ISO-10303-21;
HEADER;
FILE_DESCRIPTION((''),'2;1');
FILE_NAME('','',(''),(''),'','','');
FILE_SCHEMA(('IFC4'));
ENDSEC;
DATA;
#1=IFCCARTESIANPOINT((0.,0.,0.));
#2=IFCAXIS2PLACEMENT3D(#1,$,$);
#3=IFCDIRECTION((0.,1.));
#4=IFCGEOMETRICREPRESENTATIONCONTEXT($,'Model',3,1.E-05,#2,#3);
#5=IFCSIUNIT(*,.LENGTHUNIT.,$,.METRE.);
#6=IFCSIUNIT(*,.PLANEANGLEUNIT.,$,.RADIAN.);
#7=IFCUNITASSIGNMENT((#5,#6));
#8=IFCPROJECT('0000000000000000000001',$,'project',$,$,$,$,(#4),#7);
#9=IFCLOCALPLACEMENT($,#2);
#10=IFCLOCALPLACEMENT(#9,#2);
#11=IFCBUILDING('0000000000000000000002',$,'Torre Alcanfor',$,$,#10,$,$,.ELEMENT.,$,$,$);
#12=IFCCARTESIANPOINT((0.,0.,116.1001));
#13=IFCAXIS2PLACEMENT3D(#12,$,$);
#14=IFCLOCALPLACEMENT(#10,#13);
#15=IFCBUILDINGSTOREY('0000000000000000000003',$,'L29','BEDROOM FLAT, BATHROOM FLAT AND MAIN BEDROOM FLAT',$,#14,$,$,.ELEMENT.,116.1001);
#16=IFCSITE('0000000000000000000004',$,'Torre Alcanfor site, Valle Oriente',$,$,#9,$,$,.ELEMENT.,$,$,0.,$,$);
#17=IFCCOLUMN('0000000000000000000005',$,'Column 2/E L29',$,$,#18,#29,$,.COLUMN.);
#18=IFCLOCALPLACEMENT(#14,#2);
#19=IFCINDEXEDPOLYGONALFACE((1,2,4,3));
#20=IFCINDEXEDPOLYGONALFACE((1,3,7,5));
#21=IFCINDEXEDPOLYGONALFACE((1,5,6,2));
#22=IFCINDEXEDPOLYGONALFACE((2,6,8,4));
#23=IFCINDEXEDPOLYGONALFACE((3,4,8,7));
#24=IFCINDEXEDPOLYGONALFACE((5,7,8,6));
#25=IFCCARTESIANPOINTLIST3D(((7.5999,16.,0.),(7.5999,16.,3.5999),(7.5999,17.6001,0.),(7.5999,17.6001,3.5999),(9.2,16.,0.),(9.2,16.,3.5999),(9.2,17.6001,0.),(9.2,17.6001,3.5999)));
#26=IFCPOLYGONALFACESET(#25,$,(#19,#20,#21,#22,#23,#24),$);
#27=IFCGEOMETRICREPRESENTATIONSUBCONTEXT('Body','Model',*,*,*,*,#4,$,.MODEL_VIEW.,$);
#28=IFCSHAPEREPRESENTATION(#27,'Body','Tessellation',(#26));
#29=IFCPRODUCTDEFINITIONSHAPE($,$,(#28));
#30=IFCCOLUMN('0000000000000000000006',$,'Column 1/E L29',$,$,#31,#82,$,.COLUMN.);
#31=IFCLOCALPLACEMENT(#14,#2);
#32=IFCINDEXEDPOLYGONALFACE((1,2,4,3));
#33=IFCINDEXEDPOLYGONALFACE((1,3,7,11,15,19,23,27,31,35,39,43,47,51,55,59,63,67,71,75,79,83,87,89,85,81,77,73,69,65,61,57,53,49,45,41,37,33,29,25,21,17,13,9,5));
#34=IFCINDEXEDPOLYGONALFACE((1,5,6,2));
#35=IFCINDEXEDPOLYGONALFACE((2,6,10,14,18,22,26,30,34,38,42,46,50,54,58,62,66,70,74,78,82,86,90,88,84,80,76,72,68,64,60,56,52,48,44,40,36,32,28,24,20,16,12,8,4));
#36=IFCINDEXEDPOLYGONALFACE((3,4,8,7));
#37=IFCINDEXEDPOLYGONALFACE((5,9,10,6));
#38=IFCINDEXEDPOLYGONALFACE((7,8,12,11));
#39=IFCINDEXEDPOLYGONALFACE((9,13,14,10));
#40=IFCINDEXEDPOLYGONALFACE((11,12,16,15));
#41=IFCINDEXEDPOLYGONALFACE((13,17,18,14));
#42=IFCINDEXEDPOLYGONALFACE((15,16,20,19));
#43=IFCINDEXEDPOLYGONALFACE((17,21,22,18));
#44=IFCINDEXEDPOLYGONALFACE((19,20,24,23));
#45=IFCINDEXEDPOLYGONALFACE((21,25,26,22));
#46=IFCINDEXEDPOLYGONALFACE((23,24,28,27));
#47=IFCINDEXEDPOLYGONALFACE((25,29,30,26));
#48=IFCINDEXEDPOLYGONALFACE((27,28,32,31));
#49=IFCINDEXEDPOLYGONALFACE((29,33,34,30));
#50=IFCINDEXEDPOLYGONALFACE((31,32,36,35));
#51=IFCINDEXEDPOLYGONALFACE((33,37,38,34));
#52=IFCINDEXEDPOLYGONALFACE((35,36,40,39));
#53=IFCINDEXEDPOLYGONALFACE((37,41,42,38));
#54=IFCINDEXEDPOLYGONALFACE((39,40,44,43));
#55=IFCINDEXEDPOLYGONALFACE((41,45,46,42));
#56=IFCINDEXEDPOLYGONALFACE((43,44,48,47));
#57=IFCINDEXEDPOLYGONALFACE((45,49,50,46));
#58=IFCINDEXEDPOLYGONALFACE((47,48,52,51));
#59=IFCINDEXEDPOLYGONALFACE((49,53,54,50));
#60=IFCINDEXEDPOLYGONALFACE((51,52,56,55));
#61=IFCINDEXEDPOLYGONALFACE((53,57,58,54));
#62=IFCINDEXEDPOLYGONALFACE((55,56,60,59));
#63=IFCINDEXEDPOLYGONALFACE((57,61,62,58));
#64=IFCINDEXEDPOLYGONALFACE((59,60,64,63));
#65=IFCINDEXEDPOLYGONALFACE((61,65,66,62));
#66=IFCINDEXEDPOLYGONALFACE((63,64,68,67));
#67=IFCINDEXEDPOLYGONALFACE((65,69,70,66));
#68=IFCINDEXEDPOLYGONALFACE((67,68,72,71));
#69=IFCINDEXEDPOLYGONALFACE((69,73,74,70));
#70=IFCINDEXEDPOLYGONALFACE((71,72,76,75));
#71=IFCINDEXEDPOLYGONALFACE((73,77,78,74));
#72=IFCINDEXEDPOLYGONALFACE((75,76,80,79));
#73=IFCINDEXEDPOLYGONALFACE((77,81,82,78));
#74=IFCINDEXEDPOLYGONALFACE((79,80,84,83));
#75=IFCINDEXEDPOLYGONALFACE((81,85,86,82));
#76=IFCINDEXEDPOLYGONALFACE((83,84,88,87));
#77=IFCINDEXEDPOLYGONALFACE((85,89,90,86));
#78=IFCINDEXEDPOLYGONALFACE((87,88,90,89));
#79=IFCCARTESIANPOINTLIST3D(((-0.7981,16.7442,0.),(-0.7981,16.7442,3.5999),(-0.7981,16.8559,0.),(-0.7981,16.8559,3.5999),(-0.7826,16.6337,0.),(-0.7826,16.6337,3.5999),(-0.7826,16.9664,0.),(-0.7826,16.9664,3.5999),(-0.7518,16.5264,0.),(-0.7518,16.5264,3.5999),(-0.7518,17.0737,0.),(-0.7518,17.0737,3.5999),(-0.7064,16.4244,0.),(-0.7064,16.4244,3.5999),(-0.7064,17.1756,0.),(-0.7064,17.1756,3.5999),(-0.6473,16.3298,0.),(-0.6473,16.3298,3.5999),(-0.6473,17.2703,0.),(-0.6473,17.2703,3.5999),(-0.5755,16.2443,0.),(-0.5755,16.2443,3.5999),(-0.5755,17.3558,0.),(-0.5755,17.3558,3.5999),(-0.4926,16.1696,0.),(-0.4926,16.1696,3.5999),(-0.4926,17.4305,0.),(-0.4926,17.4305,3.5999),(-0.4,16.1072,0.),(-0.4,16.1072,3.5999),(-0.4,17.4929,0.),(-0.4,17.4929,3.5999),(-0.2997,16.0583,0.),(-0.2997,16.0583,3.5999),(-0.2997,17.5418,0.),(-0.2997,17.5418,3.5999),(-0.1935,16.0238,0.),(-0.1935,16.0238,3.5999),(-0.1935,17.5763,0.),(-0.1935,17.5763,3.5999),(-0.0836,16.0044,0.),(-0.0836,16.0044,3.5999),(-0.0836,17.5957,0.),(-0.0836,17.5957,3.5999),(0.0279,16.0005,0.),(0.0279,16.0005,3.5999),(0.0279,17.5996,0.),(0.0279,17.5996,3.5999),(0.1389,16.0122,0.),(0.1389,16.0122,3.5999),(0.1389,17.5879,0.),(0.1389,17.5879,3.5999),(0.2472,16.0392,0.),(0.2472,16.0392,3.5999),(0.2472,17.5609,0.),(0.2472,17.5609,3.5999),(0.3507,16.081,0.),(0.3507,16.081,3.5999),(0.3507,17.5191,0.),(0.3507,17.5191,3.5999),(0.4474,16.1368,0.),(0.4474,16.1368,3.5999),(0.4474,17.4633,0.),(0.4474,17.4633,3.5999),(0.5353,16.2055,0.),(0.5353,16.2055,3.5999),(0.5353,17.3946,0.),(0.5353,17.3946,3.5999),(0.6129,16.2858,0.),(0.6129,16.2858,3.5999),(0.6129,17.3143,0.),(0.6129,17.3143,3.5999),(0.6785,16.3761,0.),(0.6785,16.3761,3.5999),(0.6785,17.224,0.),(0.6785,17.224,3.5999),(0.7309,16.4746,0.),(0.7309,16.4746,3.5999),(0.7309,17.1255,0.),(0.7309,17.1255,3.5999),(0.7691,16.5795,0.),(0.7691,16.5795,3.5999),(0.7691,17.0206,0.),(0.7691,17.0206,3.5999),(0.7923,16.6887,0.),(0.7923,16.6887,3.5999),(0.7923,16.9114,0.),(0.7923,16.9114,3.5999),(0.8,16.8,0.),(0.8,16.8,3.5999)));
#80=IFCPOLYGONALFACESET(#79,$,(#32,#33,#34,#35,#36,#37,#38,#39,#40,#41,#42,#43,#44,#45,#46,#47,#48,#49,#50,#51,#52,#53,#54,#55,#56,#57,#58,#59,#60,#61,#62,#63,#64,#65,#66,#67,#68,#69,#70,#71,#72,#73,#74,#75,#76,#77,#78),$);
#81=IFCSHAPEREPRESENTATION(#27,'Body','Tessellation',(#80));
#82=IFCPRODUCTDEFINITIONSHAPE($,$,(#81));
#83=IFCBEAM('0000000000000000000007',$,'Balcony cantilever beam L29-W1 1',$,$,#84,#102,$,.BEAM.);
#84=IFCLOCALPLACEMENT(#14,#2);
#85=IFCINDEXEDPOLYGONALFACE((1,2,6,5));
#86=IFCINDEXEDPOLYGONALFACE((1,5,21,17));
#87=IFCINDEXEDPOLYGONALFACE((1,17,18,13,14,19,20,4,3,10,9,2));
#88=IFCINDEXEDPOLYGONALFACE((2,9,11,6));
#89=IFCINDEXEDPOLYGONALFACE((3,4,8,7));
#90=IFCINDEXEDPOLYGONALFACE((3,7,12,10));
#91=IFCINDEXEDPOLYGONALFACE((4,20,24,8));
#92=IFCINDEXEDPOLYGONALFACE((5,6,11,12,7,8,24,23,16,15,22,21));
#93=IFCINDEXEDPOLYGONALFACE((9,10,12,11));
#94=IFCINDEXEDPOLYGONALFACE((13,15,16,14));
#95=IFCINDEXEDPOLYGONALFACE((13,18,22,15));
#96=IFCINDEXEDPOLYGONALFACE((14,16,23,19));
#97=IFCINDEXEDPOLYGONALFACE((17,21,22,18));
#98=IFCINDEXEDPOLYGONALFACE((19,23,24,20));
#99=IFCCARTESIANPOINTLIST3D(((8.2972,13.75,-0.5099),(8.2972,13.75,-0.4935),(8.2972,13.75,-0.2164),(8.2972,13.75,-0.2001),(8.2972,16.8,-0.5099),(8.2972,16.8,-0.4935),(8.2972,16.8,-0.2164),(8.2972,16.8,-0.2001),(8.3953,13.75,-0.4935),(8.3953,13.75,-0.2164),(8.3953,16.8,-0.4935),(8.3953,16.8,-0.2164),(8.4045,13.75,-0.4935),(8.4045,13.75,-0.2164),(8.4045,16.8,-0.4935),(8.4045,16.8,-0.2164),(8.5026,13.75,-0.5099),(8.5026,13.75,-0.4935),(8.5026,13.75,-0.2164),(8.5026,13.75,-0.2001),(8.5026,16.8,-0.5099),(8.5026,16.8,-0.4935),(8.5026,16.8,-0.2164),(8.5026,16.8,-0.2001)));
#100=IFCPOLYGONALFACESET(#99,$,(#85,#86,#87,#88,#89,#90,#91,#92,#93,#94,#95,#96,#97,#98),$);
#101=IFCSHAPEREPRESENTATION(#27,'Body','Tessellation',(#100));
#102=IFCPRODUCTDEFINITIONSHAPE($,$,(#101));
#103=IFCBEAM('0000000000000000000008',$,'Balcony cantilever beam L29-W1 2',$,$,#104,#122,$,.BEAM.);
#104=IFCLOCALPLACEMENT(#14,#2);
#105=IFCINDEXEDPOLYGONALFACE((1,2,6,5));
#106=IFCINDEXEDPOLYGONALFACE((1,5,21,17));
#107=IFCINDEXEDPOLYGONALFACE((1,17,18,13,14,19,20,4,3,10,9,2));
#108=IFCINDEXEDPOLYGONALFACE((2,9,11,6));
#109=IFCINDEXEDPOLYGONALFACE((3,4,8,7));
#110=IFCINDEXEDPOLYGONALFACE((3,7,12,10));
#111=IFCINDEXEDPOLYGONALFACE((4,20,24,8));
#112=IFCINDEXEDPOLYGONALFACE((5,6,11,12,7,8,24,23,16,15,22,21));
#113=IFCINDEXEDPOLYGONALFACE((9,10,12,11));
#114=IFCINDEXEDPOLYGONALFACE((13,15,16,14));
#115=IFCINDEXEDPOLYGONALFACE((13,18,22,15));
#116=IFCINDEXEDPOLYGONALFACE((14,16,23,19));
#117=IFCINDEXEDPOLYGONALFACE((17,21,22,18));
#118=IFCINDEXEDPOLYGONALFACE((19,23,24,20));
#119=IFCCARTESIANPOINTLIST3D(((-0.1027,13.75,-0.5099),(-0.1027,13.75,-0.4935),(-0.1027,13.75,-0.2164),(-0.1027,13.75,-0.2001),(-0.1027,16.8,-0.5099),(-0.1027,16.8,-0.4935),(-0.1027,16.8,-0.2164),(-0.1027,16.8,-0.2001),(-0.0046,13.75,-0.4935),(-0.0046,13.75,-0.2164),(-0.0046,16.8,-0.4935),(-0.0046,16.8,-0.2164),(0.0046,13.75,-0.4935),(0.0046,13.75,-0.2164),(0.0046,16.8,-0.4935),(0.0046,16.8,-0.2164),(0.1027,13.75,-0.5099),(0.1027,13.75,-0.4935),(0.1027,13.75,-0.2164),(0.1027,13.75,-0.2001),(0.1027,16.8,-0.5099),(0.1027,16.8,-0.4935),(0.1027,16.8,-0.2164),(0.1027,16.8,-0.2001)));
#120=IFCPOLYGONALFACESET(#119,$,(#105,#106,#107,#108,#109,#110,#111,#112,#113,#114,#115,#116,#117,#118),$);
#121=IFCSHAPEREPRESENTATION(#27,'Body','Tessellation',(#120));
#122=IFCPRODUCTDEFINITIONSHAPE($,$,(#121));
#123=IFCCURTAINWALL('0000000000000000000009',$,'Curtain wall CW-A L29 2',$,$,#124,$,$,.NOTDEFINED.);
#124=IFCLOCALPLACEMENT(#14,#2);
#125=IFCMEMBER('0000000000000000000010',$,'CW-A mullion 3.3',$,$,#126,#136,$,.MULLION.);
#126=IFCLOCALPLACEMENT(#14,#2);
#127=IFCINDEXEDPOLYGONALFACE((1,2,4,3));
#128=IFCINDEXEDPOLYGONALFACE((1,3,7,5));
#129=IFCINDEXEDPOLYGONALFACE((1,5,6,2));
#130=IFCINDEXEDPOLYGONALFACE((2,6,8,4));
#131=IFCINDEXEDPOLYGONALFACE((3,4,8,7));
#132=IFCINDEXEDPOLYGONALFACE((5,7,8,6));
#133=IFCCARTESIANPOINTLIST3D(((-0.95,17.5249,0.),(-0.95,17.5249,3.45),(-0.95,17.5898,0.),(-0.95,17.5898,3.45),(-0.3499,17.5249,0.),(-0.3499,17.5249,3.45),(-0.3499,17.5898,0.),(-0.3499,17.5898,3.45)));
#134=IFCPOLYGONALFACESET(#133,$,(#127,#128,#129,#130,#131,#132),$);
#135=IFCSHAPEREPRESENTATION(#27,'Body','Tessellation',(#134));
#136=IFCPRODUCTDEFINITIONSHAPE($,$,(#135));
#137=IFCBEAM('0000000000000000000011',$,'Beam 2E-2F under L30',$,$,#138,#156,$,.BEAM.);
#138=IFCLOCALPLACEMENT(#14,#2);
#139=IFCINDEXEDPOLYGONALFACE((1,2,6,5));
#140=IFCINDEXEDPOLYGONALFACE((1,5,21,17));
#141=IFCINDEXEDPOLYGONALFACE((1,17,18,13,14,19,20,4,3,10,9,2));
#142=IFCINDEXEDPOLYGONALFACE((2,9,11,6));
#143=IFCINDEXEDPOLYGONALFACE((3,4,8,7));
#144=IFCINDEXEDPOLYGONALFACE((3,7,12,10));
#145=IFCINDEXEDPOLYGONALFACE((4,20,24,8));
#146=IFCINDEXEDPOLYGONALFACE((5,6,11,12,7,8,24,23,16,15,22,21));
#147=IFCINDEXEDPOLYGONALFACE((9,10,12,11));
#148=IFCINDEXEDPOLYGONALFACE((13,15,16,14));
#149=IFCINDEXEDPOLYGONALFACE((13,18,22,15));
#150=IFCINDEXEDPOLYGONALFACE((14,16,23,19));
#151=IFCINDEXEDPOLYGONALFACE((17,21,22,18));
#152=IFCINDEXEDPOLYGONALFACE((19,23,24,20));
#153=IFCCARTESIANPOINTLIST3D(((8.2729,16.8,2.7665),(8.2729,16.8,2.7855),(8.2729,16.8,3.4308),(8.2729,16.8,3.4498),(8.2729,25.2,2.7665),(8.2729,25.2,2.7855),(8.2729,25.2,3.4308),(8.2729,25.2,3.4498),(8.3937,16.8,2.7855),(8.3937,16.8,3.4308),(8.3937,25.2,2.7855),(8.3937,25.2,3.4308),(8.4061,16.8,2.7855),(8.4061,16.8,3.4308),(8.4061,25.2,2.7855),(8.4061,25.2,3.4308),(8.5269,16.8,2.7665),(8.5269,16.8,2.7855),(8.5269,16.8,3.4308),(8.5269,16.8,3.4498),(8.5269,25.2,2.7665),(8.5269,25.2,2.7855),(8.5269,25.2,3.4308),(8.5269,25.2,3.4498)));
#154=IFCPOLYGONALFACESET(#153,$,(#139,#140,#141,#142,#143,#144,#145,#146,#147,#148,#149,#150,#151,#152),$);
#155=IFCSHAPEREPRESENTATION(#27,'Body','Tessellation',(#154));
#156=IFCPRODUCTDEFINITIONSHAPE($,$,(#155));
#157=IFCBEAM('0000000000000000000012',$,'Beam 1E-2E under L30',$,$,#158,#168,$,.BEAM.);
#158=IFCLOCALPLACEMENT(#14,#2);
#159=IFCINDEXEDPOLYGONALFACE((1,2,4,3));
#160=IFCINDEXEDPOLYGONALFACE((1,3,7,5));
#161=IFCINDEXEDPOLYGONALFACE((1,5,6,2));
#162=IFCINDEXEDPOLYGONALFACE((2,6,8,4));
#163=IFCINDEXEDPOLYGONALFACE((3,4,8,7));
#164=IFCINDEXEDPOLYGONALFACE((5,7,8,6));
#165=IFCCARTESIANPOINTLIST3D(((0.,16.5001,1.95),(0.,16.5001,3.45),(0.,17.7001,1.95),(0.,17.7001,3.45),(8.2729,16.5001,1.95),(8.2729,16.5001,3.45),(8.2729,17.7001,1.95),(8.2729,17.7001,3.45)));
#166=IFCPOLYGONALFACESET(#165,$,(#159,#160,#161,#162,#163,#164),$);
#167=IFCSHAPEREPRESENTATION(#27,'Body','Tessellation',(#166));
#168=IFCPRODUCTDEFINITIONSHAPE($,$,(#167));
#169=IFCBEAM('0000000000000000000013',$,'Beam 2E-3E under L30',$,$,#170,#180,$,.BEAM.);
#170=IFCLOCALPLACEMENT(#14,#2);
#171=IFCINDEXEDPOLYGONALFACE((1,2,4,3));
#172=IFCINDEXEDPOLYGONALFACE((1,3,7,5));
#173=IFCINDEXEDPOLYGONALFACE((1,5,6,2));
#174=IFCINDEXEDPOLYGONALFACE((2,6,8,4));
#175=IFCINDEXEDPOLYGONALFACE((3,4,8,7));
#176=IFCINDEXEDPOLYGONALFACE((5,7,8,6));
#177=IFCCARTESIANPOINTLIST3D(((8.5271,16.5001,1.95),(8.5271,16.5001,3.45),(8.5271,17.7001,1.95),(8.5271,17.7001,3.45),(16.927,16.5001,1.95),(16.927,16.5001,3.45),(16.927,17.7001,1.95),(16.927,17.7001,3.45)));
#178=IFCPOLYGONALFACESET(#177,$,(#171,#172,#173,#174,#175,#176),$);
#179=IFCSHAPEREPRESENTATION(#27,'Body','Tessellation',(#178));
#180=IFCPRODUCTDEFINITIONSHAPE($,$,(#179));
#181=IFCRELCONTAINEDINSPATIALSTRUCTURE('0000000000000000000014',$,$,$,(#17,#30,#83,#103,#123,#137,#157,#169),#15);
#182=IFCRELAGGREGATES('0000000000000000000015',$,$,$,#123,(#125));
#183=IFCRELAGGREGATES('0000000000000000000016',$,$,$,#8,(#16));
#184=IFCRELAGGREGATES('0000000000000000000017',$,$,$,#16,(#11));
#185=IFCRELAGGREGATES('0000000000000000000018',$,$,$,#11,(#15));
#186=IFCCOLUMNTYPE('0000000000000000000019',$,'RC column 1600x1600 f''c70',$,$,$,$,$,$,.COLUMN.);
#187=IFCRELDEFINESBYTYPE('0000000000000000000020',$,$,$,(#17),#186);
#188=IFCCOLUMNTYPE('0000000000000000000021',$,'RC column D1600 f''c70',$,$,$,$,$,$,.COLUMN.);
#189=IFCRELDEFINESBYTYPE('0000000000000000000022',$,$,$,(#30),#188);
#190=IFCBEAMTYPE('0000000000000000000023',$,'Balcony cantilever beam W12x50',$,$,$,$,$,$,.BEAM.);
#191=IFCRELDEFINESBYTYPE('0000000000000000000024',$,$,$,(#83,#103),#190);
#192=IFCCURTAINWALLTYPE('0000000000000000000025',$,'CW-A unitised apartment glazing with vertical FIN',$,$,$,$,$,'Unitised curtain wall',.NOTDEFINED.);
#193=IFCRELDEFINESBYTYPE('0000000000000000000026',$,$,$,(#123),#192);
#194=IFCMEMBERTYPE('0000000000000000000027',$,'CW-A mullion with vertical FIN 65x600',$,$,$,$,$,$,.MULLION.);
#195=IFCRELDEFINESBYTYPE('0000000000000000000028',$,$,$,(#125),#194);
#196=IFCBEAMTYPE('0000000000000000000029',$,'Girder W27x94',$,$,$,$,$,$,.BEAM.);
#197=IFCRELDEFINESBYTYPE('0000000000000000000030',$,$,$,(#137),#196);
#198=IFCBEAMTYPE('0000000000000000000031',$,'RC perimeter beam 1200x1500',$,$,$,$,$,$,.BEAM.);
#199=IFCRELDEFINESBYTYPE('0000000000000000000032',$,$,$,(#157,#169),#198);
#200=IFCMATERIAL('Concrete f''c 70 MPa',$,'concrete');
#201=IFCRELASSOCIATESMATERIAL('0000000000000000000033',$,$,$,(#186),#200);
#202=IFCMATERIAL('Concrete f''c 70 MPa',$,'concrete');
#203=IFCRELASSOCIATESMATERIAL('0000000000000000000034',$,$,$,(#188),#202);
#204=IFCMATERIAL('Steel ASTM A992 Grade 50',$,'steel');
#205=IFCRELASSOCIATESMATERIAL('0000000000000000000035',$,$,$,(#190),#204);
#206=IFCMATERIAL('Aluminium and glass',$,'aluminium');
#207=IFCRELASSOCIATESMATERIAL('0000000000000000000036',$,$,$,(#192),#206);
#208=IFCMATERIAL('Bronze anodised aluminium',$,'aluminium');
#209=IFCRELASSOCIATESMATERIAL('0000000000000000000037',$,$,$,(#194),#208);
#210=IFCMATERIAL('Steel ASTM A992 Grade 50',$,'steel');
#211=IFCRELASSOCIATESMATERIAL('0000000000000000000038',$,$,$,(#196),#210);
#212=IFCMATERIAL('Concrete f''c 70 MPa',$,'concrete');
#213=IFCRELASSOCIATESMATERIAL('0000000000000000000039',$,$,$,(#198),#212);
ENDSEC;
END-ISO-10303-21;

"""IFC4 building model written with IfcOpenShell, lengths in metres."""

from ifc_helpers import new_model, si_unit, direction, frame, origin, origin_2d, place, context, subcontext, project, spatial, rectangle, circle, i_section, extrude, material, material_profile, profile_set, type_object, element, aggregate, save


model = new_model("IFC4")

# Units and contexts
model_context = context("Model", 3, precision=1e-05, world=origin(), true_north=direction((0.0, 1.0)))
body_context = subcontext(model_context, "Body", "Model", "MODEL_VIEW")
ifc_project = project(units=[si_unit("LENGTHUNIT", "METRE"), si_unit("PLANEANGLEUNIT", "RADIAN")], contexts=[model_context])

# Site, building, storey
site_placement = place(None, origin())
site = spatial("IfcSite", under=ifc_project, at=site_placement, Name="Torre Alcanfor site, Valle Oriente", CompositionType="ELEMENT", RefElevation=0.0)
building_placement = place(site_placement, origin())
building = spatial("IfcBuilding", under=site, at=building_placement, Name="Torre Alcanfor", CompositionType="ELEMENT")
storey_placement = place(building_placement, frame((0.0, 0.0, 116.1001)))
storey = spatial("IfcBuildingStorey", under=building, at=storey_placement, Name="L29", Description="BEDROOM FLAT, BATHROOM FLAT AND MAIN BEDROOM FLAT", CompositionType="ELEMENT", Elevation=116.1001)

# Columns
ifc_material_1 = material(Name="Concrete f'c 70 MPa", Category="concrete")
ifc_material_profile_1 = material_profile(ifc_material_1, rectangle(XDim=1.6001, YDim=1.6001, at=origin_2d()), Name="1600x1600")
ifc_profile_set_1 = profile_set([ifc_material_profile_1], Name="Concrete f'c 70 MPa")
column_type_1 = type_object("IfcColumnType", Name="RC column 1600x1600 f'c70", PredefinedType="COLUMN", material=ifc_profile_set_1)
column_1_placement = place(storey_placement, frame((8.3999, 16.8, 0.0), z_axis=(0.0, 0.0, 1.0), x_axis=(1.0, 0.0, 0.0)))
element("IfcColumn", 1, at=column_1_placement, inside=storey, type_object=column_type_1, Name="Column 2/E L29", PredefinedType="COLUMN", context=body_context, shape_type="SweptSolid", body=[
    extrude(rectangle(XDim=1.6001, YDim=1.6001, at=origin_2d()), origin(), (0.0, 0.0, 1.0), 3.5999),
])
ifc_material_2 = material(Name="Concrete f'c 70 MPa", Category="concrete")
ifc_material_profile_2 = material_profile(ifc_material_2, circle(Radius=0.8, at=origin_2d()), Name="D1600")
ifc_profile_set_2 = profile_set([ifc_material_profile_2], Name="Concrete f'c 70 MPa")
column_type_2 = type_object("IfcColumnType", Name="RC column D1600 f'c70", PredefinedType="COLUMN", material=ifc_profile_set_2)
column_2_placement = place(storey_placement, frame((0.0, 16.8, 0.0), z_axis=(0.0, 0.0, 1.0), x_axis=(1.0, 0.0, 0.0)))
element("IfcColumn", 2, at=column_2_placement, inside=storey, type_object=column_type_2, Name="Column 1/E L29", PredefinedType="COLUMN", context=body_context, shape_type="SweptSolid", body=[
    extrude(circle(Radius=0.8, at=origin_2d()), origin(), (0.0, 0.0, 1.0), 3.5999),
])

# Beams
ifc_material_3 = material(Name="Steel ASTM A992 Grade 50", Category="steel")
ifc_material_profile_3 = material_profile(ifc_material_3, i_section(OverallWidth=0.2053, OverallDepth=0.3098, WebThickness=0.0093, FlangeThickness=0.0164, at=origin_2d()), Name="W12x50")
ifc_profile_set_3 = profile_set([ifc_material_profile_3], Name="Steel ASTM A992 Grade 50")
beam_type_1 = type_object("IfcBeamType", Name="Balcony cantilever beam W12x50", PredefinedType="BEAM", material=ifc_profile_set_3)
for number, where, z_axis, x_axis, name in (
    (3, (8.3999, 16.8, -0.355), (0.0, -1.0, 0.0), (1.0, 0.0, 0.0), "Balcony cantilever beam L29-W1 1"),
    (4, (0.0, 16.8, -0.355), (0.0, -1.0, 0.0), (1.0, 0.0, 0.0), "Balcony cantilever beam L29-W1 2"),
):
    element("IfcBeam", number, at=place(storey_placement, frame(where, z_axis=z_axis, x_axis=x_axis)), inside=storey, type_object=beam_type_1, Name=name, PredefinedType="BEAM", context=body_context, shape_type="SweptSolid", body=[
        extrude(i_section(OverallWidth=0.2053, OverallDepth=0.3098, WebThickness=0.0093, FlangeThickness=0.0164, at=origin_2d()), origin(), (0.0, 0.0, 1.0), 3.05),
    ])

# Curtain wall, member
ifc_material_4 = material(Name="Aluminium and glass", Category="aluminium")
curtain_wall_type = type_object("IfcCurtainWallType", Name="CW-A unitised apartment glazing with vertical FIN", ElementType="Unitised curtain wall", PredefinedType="NOTDEFINED", material=ifc_material_4)
curtain_wall_placement = place(storey_placement, origin())
curtain_wall = element("IfcCurtainWall", 5, at=curtain_wall_placement, inside=storey, type_object=curtain_wall_type, Name="Curtain wall CW-A L29 2", PredefinedType="NOTDEFINED")
ifc_material_5 = material(Name="Bronze anodised aluminium", Category="aluminium")
ifc_material_profile_4 = material_profile(ifc_material_5, rectangle(XDim=0.6001, YDim=0.0649, at=origin_2d()), Name="CW-A mullion 65x600")
ifc_profile_set_4 = profile_set([ifc_material_profile_4], Name="Bronze anodised aluminium")
member_type = type_object("IfcMemberType", Name="CW-A mullion with vertical FIN 65x600", PredefinedType="MULLION", material=ifc_profile_set_4)
member_placement = place(storey_placement, frame((-0.6499, 17.5574, 0.0), z_axis=(0.0, 0.0, 1.0), x_axis=(1.0, 0.0, 0.0)))
member = element("IfcMember", 6, at=member_placement, type_object=member_type, Name="CW-A mullion 3.3", PredefinedType="MULLION", context=body_context, shape_type="SweptSolid", body=[
    extrude(rectangle(XDim=0.6001, YDim=0.0649, at=origin_2d()), origin(), (0.0, 0.0, 1.0), 3.45),
])
aggregate(curtain_wall, [member])

# Beams
ifc_material_6 = material(Name="Steel ASTM A992 Grade 50", Category="steel")
ifc_material_profile_5 = material_profile(ifc_material_6, i_section(OverallWidth=0.2539, OverallDepth=0.6833, WebThickness=0.0125, FlangeThickness=0.019, at=origin_2d()), Name="W27x94")
ifc_profile_set_5 = profile_set([ifc_material_profile_5], Name="Steel ASTM A992 Grade 50")
beam_type_2 = type_object("IfcBeamType", Name="Girder W27x94", PredefinedType="BEAM", material=ifc_profile_set_5)
beam_1_placement = place(storey_placement, frame((8.3999, 16.8, 3.1082), z_axis=(0.0, 1.0, 0.0), x_axis=(-1.0, 0.0, 0.0)))
element("IfcBeam", 7, at=beam_1_placement, inside=storey, type_object=beam_type_2, Name="Beam 2E-2F under L30", PredefinedType="BEAM", context=body_context, shape_type="SweptSolid", body=[
    extrude(i_section(OverallWidth=0.2539, OverallDepth=0.6833, WebThickness=0.0125, FlangeThickness=0.019, at=origin_2d()), origin(), (0.0, 0.0, 1.0), 8.3999),
])
ifc_material_7 = material(Name="Concrete f'c 70 MPa", Category="concrete")
ifc_material_profile_6 = material_profile(ifc_material_7, rectangle(XDim=1.2, YDim=1.5, at=origin_2d()), Name="1200x1500")
ifc_profile_set_6 = profile_set([ifc_material_profile_6], Name="Concrete f'c 70 MPa")
beam_type_3 = type_object("IfcBeamType", Name="RC perimeter beam 1200x1500", PredefinedType="BEAM", material=ifc_profile_set_6)
beam_2_placement = place(storey_placement, frame((0.0, 17.1001, 2.7), z_axis=(1.0, 0.0, 0.0), x_axis=(0.0, 1.0, 0.0)))
element("IfcBeam", 8, at=beam_2_placement, inside=storey, type_object=beam_type_3, Name="Beam 1E-2E under L30", PredefinedType="BEAM", context=body_context, shape_type="SweptSolid", body=[
    extrude(rectangle(XDim=1.2, YDim=1.5, at=origin_2d()), origin(), (0.0, 0.0, 1.0), 8.2729),
])
beam_3_placement = place(storey_placement, frame((8.5271, 17.1001, 2.7), z_axis=(1.0, 0.0, 0.0), x_axis=(0.0, 1.0, 0.0)))
element("IfcBeam", 9, at=beam_3_placement, inside=storey, type_object=beam_type_3, Name="Beam 2E-3E under L30", PredefinedType="BEAM", context=body_context, shape_type="SweptSolid", body=[
    extrude(rectangle(XDim=1.2, YDim=1.5, at=origin_2d()), origin(), (0.0, 0.0, 1.0), 8.3999),
])

save(model, "model.ifc")
